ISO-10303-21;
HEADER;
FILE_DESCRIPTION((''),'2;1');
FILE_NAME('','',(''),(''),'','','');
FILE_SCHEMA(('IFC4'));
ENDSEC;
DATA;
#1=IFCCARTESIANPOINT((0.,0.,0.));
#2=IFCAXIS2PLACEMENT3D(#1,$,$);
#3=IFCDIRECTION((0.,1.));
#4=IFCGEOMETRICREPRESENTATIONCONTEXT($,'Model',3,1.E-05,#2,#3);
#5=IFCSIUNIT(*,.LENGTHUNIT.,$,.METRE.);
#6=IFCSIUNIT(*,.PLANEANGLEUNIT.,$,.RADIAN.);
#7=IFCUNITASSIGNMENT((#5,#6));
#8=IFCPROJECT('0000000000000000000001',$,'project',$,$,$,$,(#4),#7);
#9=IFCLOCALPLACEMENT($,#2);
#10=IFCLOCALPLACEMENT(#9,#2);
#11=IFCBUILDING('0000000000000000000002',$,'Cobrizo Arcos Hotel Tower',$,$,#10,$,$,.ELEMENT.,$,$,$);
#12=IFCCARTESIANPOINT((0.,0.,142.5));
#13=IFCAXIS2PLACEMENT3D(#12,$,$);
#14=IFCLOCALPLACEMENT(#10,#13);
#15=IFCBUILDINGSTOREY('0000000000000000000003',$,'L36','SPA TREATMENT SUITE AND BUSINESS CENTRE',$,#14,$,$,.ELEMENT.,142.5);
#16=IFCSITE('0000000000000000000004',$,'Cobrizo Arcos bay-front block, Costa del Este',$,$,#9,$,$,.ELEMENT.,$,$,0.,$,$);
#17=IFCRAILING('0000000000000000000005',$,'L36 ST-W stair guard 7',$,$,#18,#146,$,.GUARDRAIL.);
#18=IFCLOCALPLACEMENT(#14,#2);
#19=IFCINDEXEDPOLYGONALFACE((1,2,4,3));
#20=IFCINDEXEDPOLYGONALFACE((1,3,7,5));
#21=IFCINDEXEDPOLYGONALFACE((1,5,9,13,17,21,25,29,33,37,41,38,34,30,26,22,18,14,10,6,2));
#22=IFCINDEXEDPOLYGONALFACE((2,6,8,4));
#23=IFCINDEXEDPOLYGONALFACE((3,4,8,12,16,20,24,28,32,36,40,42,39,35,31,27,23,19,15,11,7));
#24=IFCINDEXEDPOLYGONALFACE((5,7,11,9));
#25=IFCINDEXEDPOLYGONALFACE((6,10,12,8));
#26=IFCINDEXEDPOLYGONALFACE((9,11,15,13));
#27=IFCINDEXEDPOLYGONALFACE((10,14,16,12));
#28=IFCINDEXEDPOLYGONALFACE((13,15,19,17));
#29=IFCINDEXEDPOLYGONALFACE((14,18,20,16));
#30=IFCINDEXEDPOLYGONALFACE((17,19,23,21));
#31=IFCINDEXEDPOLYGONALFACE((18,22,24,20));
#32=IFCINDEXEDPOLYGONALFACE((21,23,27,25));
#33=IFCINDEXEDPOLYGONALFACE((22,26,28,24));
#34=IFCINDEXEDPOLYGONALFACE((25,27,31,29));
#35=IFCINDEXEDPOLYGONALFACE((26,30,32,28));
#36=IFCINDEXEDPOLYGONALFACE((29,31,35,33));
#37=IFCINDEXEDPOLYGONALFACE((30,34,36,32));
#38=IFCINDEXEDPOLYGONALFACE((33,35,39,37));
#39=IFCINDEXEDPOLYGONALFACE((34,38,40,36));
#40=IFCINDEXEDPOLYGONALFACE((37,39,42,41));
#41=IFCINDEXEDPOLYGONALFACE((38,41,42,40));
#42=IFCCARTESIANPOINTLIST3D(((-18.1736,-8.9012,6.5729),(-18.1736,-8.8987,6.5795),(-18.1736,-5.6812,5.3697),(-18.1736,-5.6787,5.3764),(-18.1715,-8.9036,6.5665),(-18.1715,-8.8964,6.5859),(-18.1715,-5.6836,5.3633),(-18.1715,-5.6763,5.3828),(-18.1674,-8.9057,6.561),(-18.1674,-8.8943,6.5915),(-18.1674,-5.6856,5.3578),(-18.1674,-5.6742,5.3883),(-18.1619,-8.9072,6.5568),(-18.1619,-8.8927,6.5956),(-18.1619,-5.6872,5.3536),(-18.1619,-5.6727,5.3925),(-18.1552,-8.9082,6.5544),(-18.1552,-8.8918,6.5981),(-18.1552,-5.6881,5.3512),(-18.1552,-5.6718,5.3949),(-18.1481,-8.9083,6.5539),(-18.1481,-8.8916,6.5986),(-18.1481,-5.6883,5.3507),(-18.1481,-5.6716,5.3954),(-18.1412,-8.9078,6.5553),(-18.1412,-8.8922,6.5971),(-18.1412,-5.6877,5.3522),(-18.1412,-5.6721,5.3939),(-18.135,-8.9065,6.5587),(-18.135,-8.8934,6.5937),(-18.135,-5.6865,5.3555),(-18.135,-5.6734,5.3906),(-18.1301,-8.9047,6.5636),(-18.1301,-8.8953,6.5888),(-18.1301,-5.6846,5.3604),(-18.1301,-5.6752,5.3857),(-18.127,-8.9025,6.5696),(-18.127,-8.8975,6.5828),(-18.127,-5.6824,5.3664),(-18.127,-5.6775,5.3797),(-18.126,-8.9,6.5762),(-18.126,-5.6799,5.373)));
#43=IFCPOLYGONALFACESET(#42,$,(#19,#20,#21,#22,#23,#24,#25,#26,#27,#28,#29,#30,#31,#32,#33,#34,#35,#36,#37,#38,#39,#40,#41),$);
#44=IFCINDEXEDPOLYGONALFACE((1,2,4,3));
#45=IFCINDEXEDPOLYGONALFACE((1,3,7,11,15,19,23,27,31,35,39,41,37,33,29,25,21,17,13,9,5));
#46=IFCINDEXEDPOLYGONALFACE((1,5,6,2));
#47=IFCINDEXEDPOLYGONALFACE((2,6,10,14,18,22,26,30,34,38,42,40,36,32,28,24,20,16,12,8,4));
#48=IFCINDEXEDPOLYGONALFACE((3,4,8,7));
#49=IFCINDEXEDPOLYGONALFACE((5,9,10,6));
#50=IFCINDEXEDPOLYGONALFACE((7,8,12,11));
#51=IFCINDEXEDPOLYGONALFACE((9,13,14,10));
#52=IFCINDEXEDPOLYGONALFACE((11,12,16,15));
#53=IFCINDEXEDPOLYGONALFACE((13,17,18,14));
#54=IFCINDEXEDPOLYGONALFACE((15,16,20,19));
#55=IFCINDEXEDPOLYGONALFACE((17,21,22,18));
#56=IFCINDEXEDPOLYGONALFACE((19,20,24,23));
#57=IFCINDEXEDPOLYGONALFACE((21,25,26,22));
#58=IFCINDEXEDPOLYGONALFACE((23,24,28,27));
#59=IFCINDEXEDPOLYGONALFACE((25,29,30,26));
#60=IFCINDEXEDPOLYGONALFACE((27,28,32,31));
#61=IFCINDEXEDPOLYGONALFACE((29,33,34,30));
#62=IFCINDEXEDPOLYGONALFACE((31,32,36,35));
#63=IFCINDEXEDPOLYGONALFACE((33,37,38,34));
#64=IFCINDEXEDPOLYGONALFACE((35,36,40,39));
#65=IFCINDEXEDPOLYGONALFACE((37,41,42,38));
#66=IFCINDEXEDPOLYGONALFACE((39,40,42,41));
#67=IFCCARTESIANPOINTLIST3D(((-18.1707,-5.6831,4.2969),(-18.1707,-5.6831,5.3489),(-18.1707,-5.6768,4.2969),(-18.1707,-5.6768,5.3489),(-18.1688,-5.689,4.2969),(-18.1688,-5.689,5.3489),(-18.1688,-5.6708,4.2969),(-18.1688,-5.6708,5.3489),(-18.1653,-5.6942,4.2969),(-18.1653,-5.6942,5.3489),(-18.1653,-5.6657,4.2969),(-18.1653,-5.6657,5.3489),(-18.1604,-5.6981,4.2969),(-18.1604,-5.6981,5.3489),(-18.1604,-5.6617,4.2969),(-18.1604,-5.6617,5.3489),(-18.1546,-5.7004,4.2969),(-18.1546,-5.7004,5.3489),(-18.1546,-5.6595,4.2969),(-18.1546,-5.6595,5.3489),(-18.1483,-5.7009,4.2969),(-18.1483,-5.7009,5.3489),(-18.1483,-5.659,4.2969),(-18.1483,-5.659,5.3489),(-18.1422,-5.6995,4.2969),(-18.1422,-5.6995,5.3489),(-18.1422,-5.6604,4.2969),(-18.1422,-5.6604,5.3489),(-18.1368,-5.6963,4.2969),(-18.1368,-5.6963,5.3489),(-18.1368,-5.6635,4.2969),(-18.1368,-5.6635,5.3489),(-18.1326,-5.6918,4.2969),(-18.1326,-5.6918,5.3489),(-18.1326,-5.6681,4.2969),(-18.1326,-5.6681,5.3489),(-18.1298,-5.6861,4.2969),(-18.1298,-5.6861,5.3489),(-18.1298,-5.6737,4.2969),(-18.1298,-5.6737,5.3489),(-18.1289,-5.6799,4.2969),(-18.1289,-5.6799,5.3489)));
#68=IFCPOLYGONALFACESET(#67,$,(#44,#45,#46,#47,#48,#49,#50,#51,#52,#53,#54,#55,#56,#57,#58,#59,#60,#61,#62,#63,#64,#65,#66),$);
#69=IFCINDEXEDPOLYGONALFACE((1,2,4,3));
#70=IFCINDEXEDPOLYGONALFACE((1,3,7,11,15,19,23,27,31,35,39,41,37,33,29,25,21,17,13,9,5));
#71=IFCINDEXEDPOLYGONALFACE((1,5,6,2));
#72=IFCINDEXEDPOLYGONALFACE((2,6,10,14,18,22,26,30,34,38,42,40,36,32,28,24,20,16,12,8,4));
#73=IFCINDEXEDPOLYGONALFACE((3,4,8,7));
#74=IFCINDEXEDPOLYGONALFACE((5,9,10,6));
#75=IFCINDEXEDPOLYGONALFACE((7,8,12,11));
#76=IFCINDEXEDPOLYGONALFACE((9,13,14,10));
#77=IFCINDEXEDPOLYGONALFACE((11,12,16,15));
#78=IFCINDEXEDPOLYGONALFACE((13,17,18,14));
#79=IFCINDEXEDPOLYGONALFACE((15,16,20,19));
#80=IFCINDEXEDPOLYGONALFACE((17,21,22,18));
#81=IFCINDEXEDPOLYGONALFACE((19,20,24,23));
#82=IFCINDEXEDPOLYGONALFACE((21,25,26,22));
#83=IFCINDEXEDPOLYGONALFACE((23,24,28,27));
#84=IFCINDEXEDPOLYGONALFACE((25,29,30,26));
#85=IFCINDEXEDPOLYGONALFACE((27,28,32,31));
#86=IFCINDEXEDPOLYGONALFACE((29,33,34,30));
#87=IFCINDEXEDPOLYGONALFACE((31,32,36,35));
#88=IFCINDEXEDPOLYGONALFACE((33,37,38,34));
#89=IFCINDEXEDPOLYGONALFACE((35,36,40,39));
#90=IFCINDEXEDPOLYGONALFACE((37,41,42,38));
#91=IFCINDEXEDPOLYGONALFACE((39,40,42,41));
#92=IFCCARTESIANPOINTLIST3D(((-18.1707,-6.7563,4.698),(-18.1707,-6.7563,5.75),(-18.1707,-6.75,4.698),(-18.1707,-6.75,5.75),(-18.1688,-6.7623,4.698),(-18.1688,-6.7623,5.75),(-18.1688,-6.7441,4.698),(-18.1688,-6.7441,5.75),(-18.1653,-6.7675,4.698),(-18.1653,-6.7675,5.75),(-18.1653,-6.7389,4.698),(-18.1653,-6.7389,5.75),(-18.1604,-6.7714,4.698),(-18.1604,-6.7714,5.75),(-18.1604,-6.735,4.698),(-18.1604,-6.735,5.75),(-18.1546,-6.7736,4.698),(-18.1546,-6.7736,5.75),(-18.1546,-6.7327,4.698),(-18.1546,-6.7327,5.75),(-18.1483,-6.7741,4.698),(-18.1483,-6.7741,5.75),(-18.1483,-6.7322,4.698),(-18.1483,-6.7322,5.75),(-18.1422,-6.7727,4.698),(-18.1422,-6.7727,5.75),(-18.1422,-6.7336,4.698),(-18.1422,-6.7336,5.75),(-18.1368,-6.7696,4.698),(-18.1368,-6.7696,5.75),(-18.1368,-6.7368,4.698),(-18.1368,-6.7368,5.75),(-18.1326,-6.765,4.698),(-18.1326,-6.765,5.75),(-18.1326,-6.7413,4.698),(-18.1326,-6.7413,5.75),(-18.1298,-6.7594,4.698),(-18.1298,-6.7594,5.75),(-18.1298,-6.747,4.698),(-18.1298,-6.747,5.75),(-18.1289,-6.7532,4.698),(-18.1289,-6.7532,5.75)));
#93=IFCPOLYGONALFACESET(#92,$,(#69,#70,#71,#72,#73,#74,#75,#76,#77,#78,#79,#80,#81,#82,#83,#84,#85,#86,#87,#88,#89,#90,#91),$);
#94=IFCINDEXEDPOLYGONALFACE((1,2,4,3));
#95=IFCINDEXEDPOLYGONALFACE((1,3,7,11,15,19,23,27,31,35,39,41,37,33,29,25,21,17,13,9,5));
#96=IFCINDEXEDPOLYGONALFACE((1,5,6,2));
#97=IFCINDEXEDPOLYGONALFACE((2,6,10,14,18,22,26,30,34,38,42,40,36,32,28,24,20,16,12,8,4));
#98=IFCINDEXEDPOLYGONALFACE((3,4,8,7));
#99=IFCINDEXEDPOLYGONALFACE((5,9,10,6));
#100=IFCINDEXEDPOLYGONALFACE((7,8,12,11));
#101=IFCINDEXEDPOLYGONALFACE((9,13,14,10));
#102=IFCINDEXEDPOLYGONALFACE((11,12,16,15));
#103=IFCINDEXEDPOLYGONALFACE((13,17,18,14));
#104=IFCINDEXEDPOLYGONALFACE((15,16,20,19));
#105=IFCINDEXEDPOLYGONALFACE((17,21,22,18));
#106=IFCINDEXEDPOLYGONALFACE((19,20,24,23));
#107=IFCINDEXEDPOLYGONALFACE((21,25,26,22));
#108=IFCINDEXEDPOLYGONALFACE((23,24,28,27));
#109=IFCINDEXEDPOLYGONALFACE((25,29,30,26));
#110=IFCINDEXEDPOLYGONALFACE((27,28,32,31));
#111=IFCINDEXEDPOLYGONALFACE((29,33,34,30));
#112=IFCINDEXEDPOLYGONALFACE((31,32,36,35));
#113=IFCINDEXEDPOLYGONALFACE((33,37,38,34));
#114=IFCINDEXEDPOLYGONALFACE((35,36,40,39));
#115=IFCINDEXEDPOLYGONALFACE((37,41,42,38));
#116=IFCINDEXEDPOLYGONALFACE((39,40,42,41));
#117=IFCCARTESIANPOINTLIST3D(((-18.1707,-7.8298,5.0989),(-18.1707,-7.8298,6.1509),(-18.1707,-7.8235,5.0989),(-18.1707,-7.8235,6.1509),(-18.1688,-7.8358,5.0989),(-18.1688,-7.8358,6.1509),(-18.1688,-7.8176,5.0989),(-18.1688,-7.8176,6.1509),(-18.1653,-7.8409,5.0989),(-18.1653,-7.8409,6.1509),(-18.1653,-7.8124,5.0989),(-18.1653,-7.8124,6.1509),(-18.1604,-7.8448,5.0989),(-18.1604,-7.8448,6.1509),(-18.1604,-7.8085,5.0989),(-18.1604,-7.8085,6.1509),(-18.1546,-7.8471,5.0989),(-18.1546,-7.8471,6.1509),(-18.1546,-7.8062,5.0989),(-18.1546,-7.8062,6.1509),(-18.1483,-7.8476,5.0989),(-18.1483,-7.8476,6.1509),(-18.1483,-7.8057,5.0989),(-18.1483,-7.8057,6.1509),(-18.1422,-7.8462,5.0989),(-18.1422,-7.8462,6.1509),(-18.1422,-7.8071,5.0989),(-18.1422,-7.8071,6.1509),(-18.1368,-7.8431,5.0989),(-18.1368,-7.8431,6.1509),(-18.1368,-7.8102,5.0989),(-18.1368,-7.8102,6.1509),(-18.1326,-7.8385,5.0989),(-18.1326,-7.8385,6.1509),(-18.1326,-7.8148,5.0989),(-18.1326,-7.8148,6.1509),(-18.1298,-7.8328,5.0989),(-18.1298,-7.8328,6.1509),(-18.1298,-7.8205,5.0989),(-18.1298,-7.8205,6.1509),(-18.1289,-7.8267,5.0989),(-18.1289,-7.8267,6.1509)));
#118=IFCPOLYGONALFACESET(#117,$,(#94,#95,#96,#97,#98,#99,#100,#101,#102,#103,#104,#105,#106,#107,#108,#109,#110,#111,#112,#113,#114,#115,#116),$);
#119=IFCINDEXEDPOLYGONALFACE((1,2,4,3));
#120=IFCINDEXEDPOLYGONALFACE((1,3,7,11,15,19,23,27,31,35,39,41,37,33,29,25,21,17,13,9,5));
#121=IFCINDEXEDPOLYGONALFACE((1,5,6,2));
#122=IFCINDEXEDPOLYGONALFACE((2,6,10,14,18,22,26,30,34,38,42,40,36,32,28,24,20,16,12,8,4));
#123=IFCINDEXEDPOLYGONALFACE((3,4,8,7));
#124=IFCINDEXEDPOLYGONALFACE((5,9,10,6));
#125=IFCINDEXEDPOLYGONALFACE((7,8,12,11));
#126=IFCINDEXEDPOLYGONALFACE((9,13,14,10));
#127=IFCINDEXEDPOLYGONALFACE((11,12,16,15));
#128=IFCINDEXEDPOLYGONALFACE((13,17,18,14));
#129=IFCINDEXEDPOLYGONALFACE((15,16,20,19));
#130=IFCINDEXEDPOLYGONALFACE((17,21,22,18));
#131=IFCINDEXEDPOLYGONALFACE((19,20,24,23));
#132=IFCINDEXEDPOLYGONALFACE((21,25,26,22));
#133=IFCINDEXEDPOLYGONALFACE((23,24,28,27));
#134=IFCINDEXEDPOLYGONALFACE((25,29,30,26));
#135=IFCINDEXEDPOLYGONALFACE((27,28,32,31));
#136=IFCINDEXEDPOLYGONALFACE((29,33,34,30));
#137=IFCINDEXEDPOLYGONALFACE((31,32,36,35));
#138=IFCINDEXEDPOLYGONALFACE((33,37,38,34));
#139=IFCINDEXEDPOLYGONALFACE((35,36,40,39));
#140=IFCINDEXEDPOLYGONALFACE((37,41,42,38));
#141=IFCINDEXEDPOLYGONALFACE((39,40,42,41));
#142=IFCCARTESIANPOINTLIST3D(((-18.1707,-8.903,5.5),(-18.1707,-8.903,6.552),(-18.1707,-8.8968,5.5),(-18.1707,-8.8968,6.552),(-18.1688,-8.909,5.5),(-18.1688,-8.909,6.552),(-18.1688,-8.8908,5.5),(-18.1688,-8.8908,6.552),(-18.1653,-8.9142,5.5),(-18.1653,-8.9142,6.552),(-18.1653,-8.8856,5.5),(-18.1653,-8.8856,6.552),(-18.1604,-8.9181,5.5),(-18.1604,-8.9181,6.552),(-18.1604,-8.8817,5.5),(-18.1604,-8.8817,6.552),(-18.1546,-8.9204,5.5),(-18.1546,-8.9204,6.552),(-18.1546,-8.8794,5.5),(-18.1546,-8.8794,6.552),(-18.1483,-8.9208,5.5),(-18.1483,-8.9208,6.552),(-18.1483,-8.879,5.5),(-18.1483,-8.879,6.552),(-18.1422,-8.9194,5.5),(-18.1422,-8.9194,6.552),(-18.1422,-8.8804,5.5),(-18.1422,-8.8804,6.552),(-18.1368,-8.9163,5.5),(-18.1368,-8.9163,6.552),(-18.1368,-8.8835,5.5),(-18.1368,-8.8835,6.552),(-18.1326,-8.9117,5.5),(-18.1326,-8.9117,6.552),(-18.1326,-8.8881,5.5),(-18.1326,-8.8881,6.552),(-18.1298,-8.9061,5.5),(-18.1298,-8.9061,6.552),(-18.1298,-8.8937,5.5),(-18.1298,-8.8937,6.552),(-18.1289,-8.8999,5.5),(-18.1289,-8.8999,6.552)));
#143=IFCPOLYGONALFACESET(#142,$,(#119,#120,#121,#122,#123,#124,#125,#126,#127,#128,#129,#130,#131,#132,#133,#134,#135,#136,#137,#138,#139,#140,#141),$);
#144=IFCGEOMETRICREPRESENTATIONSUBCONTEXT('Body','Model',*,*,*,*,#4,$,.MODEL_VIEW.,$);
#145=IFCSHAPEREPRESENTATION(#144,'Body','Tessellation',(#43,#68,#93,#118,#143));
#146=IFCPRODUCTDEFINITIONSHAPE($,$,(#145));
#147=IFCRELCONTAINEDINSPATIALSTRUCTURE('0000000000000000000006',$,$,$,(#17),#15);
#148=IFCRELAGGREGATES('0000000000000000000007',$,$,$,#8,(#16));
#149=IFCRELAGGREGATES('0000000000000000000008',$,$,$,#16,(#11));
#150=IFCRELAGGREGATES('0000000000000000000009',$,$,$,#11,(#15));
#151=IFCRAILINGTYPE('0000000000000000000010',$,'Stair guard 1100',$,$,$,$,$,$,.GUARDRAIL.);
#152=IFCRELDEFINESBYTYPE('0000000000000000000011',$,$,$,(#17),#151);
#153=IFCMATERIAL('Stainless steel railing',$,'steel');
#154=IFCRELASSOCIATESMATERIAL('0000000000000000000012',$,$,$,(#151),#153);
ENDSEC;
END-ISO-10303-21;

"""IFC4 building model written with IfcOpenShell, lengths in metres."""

from ifc_helpers import new_model, si_unit, direction, frame, origin, origin_2d, place, context, subcontext, project, spatial, circle, extrude, material, type_object, element, save


model = new_model("IFC4")

# Units and contexts
model_context = context("Model", 3, precision=1e-05, world=origin(), true_north=direction((0.0, 1.0)))
body_context = subcontext(model_context, "Body", "Model", "MODEL_VIEW")
ifc_project = project(units=[si_unit("LENGTHUNIT", "METRE"), si_unit("PLANEANGLEUNIT", "RADIAN")], contexts=[model_context])

# Site, building, storey
site_placement = place(None, origin())
site = spatial("IfcSite", under=ifc_project, at=site_placement, Name="Cobrizo Arcos bay-front block, Costa del Este", CompositionType="ELEMENT", RefElevation=0.0)
building_placement = place(site_placement, origin())
building = spatial("IfcBuilding", under=site, at=building_placement, Name="Cobrizo Arcos Hotel Tower", CompositionType="ELEMENT")
storey_placement = place(building_placement, frame((0.0, 0.0, 142.5)))
storey = spatial("IfcBuildingStorey", under=building, at=storey_placement, Name="L36", Description="SPA TREATMENT SUITE AND BUSINESS CENTRE", CompositionType="ELEMENT", Elevation=142.5)

# Railing
ifc_material_1 = material(Name="Stainless steel railing", Category="steel")
railing_type_1 = type_object("IfcRailingType", Name="Stair guard 1100", PredefinedType="GUARDRAIL", material=ifc_material_1)
railing_1_placement = place(storey_placement, frame((-18.1499, -5.6799, 4.2969)))
element("IfcRailing", 1, at=railing_1_placement, inside=storey, type_object=railing_type_1, Name="L36 ST-W stair guard 7", PredefinedType="GUARDRAIL", context=body_context, shape_type="SweptSolid", body=[
    extrude(circle(Radius=0.0239, at=origin_2d()), frame((0.0, 0.0, 1.0762), z_axis=(0.0, -0.936746, 0.35001), x_axis=(1.0, 0.0, 0.0)), (0.0, 0.0, 1.0), 3.4375),
    extrude(circle(Radius=0.021, at=origin_2d()), origin(), (0.0, 0.0, 1.0), 1.052),
    extrude(circle(Radius=0.021, at=origin_2d()), frame((0.0, -1.0732, 0.4011)), (0.0, 0.0, 1.0), 1.052),
    extrude(circle(Radius=0.021, at=origin_2d()), frame((0.0, -2.1467, 0.802)), (0.0, 0.0, 1.0), 1.052),
    extrude(circle(Radius=0.021, at=origin_2d()), frame((0.0, -3.22, 1.2031)), (0.0, 0.0, 1.0), 1.052),
])

save(model, "model.ifc")
